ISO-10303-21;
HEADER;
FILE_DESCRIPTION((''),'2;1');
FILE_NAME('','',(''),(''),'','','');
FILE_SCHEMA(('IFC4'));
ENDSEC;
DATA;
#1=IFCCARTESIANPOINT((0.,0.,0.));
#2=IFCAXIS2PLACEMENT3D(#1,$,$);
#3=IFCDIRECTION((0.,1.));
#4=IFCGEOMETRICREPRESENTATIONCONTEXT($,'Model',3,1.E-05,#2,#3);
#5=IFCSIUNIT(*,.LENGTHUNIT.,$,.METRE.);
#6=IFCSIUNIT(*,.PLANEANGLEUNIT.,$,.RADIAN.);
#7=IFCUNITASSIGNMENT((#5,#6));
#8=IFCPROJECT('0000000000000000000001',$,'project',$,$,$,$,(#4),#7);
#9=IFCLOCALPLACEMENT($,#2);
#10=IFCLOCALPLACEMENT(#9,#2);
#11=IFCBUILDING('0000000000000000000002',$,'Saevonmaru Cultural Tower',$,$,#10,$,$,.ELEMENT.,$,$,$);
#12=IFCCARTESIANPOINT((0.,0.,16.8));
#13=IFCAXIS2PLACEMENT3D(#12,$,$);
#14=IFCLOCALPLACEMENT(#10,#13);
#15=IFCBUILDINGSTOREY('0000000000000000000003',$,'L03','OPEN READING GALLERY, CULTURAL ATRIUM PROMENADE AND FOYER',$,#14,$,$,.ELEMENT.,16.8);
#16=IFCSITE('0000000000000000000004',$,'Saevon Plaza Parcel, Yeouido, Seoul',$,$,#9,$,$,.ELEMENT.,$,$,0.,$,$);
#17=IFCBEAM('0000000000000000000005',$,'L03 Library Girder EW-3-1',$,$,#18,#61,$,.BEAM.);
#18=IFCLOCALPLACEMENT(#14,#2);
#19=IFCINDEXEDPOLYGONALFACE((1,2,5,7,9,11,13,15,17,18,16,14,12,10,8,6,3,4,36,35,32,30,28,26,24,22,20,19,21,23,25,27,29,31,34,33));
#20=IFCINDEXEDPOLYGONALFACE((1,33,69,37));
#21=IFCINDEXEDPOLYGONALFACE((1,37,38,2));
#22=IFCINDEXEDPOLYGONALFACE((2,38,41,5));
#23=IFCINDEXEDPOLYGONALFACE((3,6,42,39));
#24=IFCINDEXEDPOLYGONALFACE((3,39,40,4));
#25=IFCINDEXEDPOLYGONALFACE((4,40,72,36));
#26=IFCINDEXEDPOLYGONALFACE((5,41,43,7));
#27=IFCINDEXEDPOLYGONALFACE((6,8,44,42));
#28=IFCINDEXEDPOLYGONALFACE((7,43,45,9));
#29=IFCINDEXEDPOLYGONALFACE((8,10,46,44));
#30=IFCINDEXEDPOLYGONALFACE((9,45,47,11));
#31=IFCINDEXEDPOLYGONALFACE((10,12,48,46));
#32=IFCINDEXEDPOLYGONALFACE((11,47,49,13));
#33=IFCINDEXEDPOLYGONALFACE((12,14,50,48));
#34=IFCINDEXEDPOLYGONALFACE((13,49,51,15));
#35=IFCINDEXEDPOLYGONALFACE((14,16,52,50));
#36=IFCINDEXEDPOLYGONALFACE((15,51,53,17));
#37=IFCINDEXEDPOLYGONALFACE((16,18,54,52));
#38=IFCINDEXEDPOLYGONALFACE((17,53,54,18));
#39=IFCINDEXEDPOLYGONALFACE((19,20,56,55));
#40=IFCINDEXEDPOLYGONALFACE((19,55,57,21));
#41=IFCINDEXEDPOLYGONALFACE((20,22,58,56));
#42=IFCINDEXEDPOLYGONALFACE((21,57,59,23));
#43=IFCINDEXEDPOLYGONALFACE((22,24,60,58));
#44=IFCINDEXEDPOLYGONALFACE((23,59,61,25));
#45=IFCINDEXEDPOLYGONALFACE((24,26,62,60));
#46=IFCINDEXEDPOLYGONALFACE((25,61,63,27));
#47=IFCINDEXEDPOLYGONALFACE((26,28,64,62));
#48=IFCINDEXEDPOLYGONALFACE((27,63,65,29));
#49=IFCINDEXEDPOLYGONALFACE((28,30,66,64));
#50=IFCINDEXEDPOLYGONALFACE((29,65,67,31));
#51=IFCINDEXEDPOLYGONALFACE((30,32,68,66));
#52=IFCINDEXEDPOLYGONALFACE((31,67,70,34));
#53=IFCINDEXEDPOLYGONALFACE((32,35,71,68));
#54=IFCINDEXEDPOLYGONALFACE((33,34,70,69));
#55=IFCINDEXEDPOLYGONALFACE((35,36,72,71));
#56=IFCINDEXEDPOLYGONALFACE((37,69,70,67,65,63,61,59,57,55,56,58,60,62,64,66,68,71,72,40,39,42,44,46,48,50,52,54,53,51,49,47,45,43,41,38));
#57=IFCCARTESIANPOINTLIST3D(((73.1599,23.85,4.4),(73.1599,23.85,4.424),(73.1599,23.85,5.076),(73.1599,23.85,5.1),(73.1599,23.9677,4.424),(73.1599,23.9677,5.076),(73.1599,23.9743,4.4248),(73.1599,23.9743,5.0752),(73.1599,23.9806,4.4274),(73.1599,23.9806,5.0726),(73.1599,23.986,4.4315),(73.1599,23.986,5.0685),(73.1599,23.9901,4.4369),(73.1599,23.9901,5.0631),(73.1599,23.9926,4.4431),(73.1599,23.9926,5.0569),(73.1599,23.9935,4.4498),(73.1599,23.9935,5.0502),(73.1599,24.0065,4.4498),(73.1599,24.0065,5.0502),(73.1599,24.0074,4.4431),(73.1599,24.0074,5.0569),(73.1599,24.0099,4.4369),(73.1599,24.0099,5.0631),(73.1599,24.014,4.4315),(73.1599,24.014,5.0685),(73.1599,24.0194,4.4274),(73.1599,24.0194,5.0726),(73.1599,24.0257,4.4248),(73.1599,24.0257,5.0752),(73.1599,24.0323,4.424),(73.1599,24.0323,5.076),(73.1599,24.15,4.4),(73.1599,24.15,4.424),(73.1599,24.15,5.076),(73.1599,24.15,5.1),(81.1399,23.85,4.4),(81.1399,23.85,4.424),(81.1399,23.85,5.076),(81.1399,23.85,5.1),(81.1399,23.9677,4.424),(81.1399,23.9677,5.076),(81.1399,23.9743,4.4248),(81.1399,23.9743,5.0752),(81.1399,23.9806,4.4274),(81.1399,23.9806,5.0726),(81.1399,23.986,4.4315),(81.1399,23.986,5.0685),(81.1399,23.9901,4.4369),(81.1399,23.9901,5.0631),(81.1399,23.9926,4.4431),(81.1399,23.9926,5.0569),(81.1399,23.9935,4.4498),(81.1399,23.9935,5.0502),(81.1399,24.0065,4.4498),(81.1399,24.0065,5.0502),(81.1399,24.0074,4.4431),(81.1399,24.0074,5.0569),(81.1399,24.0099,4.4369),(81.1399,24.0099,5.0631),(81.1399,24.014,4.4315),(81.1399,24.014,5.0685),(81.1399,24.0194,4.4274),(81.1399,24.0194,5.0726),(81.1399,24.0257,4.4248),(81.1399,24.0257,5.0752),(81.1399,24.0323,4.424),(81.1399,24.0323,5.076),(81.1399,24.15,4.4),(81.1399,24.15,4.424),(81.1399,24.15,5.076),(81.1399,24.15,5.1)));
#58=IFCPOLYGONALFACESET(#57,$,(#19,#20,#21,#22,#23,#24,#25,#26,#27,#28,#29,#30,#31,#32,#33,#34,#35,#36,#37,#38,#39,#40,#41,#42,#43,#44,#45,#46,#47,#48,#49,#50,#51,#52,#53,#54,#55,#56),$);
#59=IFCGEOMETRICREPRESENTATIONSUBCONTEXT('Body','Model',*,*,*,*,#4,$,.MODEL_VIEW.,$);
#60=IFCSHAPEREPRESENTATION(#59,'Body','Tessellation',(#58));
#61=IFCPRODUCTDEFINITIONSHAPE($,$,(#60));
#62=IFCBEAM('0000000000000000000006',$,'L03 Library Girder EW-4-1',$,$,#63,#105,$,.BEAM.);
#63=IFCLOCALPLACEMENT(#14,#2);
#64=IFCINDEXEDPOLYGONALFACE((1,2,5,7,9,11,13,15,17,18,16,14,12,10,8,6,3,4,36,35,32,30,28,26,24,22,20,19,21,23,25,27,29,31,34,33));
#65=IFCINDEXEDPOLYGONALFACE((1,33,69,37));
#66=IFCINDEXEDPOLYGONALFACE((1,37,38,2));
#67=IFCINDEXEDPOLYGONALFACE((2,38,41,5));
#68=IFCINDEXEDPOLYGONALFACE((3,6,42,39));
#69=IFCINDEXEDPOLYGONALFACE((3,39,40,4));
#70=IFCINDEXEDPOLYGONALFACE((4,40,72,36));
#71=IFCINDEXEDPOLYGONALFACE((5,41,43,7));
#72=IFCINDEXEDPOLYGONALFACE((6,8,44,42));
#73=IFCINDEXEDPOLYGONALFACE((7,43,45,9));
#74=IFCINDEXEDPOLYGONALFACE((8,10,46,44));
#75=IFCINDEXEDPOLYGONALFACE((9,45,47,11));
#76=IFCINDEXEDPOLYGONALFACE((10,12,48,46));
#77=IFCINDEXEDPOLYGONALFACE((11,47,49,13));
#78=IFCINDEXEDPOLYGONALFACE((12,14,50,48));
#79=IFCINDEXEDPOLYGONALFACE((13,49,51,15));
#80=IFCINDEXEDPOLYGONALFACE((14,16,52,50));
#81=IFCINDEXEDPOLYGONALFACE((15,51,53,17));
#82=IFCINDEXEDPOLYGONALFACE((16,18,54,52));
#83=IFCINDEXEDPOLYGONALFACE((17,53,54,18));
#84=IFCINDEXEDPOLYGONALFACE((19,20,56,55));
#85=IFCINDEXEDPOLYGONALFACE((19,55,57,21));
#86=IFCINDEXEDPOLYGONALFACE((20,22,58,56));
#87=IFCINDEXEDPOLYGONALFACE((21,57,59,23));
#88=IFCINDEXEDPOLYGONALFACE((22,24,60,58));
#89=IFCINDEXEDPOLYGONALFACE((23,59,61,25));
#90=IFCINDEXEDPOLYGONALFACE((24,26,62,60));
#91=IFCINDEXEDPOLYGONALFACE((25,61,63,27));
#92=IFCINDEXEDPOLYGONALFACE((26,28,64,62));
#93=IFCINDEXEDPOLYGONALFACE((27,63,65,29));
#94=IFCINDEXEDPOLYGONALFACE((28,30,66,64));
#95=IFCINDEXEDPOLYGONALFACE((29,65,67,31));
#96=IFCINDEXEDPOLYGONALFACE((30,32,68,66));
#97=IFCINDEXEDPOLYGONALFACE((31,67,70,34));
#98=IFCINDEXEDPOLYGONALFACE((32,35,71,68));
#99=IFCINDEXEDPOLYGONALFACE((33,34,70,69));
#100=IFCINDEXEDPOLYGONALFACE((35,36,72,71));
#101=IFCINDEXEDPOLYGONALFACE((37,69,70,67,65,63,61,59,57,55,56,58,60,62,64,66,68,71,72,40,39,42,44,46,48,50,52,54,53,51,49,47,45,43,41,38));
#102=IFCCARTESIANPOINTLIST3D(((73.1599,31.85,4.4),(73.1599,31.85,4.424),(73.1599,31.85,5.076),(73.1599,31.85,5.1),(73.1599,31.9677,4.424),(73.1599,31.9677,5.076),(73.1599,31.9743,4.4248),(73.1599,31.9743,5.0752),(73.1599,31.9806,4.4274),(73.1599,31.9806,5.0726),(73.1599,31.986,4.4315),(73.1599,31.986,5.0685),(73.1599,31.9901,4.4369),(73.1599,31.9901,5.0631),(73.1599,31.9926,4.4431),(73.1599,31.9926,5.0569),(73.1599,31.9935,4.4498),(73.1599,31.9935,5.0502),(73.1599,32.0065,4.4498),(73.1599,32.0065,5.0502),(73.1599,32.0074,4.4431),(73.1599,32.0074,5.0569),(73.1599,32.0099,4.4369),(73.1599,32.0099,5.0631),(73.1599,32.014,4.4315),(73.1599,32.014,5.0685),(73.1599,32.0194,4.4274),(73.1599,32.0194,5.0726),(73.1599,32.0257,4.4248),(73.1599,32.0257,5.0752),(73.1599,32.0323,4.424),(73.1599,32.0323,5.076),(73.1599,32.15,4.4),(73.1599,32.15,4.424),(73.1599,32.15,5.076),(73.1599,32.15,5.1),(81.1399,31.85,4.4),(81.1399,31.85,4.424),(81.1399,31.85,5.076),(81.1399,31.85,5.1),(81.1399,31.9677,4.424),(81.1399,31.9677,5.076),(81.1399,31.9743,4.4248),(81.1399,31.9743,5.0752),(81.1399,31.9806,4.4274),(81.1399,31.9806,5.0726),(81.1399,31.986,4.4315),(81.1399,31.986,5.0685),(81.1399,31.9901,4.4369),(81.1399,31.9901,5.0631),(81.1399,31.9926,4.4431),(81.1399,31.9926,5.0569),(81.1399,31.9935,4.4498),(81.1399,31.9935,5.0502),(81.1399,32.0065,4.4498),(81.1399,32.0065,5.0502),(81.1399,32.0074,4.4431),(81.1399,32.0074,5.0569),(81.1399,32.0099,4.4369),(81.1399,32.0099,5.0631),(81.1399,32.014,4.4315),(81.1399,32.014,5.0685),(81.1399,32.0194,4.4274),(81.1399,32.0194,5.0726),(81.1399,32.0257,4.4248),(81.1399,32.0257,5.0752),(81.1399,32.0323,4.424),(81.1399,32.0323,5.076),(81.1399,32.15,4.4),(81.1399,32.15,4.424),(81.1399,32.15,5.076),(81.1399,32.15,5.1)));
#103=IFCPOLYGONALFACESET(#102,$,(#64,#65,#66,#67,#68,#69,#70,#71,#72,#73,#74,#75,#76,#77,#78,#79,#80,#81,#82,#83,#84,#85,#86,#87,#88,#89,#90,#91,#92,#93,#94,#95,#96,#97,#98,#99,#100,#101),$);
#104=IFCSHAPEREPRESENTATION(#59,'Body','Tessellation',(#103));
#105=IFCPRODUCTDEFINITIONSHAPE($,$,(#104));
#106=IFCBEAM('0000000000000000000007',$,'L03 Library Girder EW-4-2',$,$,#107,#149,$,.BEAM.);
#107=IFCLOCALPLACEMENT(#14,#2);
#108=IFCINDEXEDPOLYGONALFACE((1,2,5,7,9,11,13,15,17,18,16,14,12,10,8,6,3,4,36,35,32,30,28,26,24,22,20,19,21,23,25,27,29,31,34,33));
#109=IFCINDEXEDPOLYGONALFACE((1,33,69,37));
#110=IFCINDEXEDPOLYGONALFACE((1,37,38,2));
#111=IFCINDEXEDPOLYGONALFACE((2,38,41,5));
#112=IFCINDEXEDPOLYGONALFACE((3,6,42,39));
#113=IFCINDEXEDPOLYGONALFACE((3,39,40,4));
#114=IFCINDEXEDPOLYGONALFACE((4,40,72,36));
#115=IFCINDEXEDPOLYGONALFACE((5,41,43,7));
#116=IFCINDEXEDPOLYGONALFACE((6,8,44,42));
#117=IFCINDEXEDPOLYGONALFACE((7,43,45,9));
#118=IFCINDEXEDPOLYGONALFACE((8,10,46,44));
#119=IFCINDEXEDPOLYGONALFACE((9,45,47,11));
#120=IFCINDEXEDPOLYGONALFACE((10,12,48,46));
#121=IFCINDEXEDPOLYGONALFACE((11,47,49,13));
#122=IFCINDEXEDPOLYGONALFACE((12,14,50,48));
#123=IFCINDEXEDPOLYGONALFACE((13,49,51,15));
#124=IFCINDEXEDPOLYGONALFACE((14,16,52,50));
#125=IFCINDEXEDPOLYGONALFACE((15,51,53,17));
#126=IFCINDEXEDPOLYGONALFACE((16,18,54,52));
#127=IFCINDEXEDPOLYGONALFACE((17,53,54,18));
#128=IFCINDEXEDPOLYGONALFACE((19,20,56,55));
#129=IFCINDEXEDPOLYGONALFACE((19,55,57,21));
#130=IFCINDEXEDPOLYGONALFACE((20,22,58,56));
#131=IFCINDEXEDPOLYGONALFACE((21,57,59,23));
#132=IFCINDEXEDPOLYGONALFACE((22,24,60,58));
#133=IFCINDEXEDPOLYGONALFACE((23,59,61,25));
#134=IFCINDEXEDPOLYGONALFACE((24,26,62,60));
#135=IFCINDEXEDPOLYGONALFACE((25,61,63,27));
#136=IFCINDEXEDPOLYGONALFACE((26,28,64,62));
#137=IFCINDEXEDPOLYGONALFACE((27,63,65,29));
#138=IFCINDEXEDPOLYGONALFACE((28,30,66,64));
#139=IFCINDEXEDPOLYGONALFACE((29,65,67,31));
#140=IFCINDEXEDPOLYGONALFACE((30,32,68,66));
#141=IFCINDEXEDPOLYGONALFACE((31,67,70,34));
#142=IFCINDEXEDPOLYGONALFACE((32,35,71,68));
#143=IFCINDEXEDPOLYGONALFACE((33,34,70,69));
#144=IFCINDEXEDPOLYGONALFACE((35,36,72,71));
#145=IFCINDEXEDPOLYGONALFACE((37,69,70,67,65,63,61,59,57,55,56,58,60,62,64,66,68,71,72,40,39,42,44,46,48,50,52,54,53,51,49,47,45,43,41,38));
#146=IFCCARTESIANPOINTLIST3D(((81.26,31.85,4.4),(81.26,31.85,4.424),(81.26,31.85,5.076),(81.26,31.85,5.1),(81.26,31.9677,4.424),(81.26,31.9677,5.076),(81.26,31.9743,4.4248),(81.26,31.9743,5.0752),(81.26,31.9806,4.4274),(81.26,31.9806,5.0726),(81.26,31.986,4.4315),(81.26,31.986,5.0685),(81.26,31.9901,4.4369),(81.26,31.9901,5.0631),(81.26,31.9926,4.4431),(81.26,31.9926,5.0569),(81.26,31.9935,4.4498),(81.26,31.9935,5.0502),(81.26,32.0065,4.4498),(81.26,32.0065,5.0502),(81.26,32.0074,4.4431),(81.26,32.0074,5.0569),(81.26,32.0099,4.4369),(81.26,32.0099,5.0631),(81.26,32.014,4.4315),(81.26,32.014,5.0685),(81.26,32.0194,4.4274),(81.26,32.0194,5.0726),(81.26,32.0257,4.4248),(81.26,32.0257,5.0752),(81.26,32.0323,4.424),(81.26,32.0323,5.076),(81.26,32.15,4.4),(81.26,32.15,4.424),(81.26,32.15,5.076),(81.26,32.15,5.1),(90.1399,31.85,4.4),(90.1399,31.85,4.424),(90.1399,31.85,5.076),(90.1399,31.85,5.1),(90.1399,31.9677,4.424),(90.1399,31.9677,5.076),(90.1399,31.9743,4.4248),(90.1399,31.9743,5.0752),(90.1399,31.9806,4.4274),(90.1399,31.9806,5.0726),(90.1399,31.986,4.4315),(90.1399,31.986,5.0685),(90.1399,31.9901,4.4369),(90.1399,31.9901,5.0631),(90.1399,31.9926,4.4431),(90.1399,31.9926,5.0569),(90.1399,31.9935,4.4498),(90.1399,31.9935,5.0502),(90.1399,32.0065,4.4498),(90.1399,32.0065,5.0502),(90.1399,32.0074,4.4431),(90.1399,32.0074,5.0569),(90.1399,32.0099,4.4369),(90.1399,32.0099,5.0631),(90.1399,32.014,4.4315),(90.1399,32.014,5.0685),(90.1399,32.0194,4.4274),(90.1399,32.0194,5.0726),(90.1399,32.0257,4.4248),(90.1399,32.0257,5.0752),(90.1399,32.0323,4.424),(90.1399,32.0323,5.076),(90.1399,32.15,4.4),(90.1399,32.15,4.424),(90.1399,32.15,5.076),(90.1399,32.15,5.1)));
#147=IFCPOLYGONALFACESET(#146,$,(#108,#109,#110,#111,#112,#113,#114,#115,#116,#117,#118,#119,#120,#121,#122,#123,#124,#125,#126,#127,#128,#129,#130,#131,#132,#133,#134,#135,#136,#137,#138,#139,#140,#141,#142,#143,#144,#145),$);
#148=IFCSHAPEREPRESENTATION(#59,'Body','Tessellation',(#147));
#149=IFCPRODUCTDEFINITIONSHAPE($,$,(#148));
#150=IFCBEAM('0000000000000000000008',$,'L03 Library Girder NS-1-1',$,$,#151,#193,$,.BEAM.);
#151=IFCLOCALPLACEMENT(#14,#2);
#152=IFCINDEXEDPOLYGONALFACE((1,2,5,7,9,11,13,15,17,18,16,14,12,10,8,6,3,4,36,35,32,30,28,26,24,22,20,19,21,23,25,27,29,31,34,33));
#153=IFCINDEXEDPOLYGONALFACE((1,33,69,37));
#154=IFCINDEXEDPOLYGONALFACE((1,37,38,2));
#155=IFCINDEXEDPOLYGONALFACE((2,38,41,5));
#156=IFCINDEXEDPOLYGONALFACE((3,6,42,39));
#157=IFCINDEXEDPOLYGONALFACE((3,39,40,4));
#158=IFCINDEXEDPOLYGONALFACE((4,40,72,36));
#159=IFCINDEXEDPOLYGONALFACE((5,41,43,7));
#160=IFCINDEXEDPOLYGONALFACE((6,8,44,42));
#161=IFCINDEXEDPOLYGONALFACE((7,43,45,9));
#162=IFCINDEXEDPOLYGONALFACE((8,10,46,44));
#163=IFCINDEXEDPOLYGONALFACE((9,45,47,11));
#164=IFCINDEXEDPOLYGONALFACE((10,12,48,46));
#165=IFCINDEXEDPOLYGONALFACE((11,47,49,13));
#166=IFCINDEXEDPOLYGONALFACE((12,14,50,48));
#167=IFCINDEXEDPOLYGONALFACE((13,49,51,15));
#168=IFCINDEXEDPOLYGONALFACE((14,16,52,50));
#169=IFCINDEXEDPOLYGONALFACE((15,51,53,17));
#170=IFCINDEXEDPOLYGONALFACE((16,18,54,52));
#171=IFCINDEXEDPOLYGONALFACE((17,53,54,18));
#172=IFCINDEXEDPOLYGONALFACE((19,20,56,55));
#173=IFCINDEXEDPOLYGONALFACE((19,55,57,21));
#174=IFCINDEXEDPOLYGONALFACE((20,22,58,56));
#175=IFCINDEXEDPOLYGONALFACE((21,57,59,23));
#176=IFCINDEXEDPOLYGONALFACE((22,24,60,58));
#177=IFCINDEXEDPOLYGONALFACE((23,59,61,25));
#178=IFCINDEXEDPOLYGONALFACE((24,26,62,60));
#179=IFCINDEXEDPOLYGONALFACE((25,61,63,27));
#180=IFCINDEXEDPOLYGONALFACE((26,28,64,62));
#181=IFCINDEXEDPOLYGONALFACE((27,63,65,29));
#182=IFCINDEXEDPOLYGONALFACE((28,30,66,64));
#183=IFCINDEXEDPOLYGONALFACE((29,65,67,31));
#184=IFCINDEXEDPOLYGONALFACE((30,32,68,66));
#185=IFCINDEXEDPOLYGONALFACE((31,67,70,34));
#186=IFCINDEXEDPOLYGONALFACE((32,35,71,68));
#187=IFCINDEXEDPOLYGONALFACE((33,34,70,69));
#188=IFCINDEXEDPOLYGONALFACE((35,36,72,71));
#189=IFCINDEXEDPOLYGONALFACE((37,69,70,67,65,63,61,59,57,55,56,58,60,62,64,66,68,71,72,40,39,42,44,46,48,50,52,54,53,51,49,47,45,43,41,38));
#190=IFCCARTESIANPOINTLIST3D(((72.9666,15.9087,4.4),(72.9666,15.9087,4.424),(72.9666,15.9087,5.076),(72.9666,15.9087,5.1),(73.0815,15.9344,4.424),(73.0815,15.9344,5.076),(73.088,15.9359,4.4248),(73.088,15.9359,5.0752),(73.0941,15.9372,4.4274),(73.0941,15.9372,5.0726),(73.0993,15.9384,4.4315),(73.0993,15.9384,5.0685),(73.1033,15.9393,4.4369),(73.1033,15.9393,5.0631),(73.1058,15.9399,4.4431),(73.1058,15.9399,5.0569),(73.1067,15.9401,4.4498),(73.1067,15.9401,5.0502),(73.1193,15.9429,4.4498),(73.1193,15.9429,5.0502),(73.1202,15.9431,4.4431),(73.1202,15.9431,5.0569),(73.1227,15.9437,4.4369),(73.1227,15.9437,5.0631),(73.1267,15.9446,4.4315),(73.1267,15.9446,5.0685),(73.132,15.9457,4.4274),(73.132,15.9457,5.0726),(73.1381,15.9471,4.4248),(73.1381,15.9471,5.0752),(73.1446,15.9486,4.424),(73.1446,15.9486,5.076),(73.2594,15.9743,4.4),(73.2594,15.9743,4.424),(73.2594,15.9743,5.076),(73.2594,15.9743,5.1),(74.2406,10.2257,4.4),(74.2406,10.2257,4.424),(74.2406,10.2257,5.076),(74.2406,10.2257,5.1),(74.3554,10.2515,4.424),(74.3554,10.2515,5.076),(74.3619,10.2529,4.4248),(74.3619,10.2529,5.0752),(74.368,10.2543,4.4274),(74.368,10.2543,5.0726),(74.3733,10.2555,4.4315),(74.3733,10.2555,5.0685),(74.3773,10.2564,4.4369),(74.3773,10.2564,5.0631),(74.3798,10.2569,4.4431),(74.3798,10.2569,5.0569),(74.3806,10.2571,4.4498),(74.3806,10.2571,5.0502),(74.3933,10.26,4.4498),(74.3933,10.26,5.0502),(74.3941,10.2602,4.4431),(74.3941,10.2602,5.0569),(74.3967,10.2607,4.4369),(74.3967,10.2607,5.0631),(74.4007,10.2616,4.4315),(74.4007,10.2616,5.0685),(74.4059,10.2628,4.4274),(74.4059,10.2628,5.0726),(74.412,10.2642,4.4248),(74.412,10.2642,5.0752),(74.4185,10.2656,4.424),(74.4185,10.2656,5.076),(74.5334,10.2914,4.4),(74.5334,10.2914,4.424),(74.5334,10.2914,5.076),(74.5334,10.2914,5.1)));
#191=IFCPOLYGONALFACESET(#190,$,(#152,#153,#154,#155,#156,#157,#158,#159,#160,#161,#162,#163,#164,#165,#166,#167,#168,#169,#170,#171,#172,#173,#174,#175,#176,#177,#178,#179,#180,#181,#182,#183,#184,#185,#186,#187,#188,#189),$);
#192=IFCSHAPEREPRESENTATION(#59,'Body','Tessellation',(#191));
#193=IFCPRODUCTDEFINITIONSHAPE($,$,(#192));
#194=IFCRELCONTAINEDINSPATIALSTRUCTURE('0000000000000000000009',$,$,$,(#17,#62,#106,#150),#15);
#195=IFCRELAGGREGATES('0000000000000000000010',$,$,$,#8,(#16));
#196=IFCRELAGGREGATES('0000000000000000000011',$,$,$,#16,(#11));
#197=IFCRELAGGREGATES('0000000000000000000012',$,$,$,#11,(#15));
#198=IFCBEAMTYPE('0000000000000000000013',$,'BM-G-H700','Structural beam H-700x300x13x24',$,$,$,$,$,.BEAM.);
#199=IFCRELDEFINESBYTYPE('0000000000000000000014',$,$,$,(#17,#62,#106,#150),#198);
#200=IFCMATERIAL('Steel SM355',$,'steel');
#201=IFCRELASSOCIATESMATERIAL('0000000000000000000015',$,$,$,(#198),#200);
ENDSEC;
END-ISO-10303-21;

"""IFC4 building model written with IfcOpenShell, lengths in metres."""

from ifc_helpers import new_model, si_unit, direction, frame, origin, origin_2d, place, context, subcontext, project, spatial, i_section, extrude, material, material_profile, profile_set, type_object, element, save


model = new_model("IFC4")

# Units and contexts
model_context = context("Model", 3, precision=1e-05, world=origin(), true_north=direction((0.0, 1.0)))
body_context = subcontext(model_context, "Body", "Model", "MODEL_VIEW")
ifc_project = project(units=[si_unit("LENGTHUNIT", "METRE"), si_unit("PLANEANGLEUNIT", "RADIAN")], contexts=[model_context])

# Site, building, storey
site_placement = place(None, origin())
site = spatial("IfcSite", under=ifc_project, at=site_placement, Name="Saevon Plaza Parcel, Yeouido, Seoul", CompositionType="ELEMENT", RefElevation=0.0)
building_placement = place(site_placement, origin())
building = spatial("IfcBuilding", under=site, at=building_placement, Name="Saevonmaru Cultural Tower", CompositionType="ELEMENT")
storey_placement = place(building_placement, frame((0.0, 0.0, 16.8)))
storey = spatial("IfcBuildingStorey", under=building, at=storey_placement, Name="L03", Description="OPEN READING GALLERY, CULTURAL ATRIUM PROMENADE AND FOYER", CompositionType="ELEMENT", Elevation=16.8)

# Shared definitions
ifc_material_1 = material(Name="Steel SM355", Category="steel")

# Beams
ifc_material_profile_1 = material_profile(ifc_material_1, i_section(OverallWidth=0.3, OverallDepth=0.7, WebThickness=0.0129, FlangeThickness=0.0239, FilletRadius=0.0259, at=origin_2d()), Name="H-700x300x13x24")
ifc_profile_set_1 = profile_set([ifc_material_profile_1], Name="Steel SM355")
beam_type_1 = type_object("IfcBeamType", Name="BM-G-H700", Description="Structural beam H-700x300x13x24", PredefinedType="BEAM", material=ifc_profile_set_1)
for number, where, z_axis, x_axis, name in (
    (1, (73.1599, 24.0, 4.75), (1.0, 0.0, 0.0), (0.0, 1.0, 0.0), "L03 Library Girder EW-3-1"),
    (2, (73.1599, 32.0, 4.75), (1.0, 0.0, 0.0), (0.0, 1.0, 0.0), "L03 Library Girder EW-4-1"),
):
    element("IfcBeam", number, at=place(storey_placement, frame(where, z_axis=z_axis, x_axis=x_axis)), inside=storey, type_object=beam_type_1, Name=name, PredefinedType="BEAM", context=body_context, shape_type="SweptSolid", body=[
        extrude(i_section(OverallWidth=0.3, OverallDepth=0.7, WebThickness=0.0129, FlangeThickness=0.0239, FilletRadius=0.0259, at=origin_2d()), origin(), (0.0, 0.0, 1.0), 7.98),
    ])
beam_1_placement = place(storey_placement, frame((81.26, 32.0, 4.75), z_axis=(1.0, 0.0, 0.0), x_axis=(0.0, 1.0, 0.0)))
element("IfcBeam", 3, at=beam_1_placement, inside=storey, type_object=beam_type_1, Name="L03 Library Girder EW-4-2", PredefinedType="BEAM", context=body_context, shape_type="SweptSolid", body=[
    extrude(i_section(OverallWidth=0.3, OverallDepth=0.7, WebThickness=0.0129, FlangeThickness=0.0239, FilletRadius=0.0259, at=origin_2d()), origin(), (0.0, 0.0, 1.0), 8.8799),
])
beam_2_placement = place(storey_placement, frame((74.387, 10.2585, 4.75), z_axis=(-0.218741, 0.975783, 0.0), x_axis=(-0.975783, -0.218741, 0.0)))
element("IfcBeam", 4, at=beam_2_placement, inside=storey, type_object=beam_type_1, Name="L03 Library Girder NS-1-1", PredefinedType="BEAM", context=body_context, shape_type="SweptSolid", body=[
    extrude(i_section(OverallWidth=0.3, OverallDepth=0.7, WebThickness=0.0129, FlangeThickness=0.0239, FilletRadius=0.0259, at=origin_2d()), origin(), (0.0, 0.0, 1.0), 5.824),
])

save(model, "model.ifc")
